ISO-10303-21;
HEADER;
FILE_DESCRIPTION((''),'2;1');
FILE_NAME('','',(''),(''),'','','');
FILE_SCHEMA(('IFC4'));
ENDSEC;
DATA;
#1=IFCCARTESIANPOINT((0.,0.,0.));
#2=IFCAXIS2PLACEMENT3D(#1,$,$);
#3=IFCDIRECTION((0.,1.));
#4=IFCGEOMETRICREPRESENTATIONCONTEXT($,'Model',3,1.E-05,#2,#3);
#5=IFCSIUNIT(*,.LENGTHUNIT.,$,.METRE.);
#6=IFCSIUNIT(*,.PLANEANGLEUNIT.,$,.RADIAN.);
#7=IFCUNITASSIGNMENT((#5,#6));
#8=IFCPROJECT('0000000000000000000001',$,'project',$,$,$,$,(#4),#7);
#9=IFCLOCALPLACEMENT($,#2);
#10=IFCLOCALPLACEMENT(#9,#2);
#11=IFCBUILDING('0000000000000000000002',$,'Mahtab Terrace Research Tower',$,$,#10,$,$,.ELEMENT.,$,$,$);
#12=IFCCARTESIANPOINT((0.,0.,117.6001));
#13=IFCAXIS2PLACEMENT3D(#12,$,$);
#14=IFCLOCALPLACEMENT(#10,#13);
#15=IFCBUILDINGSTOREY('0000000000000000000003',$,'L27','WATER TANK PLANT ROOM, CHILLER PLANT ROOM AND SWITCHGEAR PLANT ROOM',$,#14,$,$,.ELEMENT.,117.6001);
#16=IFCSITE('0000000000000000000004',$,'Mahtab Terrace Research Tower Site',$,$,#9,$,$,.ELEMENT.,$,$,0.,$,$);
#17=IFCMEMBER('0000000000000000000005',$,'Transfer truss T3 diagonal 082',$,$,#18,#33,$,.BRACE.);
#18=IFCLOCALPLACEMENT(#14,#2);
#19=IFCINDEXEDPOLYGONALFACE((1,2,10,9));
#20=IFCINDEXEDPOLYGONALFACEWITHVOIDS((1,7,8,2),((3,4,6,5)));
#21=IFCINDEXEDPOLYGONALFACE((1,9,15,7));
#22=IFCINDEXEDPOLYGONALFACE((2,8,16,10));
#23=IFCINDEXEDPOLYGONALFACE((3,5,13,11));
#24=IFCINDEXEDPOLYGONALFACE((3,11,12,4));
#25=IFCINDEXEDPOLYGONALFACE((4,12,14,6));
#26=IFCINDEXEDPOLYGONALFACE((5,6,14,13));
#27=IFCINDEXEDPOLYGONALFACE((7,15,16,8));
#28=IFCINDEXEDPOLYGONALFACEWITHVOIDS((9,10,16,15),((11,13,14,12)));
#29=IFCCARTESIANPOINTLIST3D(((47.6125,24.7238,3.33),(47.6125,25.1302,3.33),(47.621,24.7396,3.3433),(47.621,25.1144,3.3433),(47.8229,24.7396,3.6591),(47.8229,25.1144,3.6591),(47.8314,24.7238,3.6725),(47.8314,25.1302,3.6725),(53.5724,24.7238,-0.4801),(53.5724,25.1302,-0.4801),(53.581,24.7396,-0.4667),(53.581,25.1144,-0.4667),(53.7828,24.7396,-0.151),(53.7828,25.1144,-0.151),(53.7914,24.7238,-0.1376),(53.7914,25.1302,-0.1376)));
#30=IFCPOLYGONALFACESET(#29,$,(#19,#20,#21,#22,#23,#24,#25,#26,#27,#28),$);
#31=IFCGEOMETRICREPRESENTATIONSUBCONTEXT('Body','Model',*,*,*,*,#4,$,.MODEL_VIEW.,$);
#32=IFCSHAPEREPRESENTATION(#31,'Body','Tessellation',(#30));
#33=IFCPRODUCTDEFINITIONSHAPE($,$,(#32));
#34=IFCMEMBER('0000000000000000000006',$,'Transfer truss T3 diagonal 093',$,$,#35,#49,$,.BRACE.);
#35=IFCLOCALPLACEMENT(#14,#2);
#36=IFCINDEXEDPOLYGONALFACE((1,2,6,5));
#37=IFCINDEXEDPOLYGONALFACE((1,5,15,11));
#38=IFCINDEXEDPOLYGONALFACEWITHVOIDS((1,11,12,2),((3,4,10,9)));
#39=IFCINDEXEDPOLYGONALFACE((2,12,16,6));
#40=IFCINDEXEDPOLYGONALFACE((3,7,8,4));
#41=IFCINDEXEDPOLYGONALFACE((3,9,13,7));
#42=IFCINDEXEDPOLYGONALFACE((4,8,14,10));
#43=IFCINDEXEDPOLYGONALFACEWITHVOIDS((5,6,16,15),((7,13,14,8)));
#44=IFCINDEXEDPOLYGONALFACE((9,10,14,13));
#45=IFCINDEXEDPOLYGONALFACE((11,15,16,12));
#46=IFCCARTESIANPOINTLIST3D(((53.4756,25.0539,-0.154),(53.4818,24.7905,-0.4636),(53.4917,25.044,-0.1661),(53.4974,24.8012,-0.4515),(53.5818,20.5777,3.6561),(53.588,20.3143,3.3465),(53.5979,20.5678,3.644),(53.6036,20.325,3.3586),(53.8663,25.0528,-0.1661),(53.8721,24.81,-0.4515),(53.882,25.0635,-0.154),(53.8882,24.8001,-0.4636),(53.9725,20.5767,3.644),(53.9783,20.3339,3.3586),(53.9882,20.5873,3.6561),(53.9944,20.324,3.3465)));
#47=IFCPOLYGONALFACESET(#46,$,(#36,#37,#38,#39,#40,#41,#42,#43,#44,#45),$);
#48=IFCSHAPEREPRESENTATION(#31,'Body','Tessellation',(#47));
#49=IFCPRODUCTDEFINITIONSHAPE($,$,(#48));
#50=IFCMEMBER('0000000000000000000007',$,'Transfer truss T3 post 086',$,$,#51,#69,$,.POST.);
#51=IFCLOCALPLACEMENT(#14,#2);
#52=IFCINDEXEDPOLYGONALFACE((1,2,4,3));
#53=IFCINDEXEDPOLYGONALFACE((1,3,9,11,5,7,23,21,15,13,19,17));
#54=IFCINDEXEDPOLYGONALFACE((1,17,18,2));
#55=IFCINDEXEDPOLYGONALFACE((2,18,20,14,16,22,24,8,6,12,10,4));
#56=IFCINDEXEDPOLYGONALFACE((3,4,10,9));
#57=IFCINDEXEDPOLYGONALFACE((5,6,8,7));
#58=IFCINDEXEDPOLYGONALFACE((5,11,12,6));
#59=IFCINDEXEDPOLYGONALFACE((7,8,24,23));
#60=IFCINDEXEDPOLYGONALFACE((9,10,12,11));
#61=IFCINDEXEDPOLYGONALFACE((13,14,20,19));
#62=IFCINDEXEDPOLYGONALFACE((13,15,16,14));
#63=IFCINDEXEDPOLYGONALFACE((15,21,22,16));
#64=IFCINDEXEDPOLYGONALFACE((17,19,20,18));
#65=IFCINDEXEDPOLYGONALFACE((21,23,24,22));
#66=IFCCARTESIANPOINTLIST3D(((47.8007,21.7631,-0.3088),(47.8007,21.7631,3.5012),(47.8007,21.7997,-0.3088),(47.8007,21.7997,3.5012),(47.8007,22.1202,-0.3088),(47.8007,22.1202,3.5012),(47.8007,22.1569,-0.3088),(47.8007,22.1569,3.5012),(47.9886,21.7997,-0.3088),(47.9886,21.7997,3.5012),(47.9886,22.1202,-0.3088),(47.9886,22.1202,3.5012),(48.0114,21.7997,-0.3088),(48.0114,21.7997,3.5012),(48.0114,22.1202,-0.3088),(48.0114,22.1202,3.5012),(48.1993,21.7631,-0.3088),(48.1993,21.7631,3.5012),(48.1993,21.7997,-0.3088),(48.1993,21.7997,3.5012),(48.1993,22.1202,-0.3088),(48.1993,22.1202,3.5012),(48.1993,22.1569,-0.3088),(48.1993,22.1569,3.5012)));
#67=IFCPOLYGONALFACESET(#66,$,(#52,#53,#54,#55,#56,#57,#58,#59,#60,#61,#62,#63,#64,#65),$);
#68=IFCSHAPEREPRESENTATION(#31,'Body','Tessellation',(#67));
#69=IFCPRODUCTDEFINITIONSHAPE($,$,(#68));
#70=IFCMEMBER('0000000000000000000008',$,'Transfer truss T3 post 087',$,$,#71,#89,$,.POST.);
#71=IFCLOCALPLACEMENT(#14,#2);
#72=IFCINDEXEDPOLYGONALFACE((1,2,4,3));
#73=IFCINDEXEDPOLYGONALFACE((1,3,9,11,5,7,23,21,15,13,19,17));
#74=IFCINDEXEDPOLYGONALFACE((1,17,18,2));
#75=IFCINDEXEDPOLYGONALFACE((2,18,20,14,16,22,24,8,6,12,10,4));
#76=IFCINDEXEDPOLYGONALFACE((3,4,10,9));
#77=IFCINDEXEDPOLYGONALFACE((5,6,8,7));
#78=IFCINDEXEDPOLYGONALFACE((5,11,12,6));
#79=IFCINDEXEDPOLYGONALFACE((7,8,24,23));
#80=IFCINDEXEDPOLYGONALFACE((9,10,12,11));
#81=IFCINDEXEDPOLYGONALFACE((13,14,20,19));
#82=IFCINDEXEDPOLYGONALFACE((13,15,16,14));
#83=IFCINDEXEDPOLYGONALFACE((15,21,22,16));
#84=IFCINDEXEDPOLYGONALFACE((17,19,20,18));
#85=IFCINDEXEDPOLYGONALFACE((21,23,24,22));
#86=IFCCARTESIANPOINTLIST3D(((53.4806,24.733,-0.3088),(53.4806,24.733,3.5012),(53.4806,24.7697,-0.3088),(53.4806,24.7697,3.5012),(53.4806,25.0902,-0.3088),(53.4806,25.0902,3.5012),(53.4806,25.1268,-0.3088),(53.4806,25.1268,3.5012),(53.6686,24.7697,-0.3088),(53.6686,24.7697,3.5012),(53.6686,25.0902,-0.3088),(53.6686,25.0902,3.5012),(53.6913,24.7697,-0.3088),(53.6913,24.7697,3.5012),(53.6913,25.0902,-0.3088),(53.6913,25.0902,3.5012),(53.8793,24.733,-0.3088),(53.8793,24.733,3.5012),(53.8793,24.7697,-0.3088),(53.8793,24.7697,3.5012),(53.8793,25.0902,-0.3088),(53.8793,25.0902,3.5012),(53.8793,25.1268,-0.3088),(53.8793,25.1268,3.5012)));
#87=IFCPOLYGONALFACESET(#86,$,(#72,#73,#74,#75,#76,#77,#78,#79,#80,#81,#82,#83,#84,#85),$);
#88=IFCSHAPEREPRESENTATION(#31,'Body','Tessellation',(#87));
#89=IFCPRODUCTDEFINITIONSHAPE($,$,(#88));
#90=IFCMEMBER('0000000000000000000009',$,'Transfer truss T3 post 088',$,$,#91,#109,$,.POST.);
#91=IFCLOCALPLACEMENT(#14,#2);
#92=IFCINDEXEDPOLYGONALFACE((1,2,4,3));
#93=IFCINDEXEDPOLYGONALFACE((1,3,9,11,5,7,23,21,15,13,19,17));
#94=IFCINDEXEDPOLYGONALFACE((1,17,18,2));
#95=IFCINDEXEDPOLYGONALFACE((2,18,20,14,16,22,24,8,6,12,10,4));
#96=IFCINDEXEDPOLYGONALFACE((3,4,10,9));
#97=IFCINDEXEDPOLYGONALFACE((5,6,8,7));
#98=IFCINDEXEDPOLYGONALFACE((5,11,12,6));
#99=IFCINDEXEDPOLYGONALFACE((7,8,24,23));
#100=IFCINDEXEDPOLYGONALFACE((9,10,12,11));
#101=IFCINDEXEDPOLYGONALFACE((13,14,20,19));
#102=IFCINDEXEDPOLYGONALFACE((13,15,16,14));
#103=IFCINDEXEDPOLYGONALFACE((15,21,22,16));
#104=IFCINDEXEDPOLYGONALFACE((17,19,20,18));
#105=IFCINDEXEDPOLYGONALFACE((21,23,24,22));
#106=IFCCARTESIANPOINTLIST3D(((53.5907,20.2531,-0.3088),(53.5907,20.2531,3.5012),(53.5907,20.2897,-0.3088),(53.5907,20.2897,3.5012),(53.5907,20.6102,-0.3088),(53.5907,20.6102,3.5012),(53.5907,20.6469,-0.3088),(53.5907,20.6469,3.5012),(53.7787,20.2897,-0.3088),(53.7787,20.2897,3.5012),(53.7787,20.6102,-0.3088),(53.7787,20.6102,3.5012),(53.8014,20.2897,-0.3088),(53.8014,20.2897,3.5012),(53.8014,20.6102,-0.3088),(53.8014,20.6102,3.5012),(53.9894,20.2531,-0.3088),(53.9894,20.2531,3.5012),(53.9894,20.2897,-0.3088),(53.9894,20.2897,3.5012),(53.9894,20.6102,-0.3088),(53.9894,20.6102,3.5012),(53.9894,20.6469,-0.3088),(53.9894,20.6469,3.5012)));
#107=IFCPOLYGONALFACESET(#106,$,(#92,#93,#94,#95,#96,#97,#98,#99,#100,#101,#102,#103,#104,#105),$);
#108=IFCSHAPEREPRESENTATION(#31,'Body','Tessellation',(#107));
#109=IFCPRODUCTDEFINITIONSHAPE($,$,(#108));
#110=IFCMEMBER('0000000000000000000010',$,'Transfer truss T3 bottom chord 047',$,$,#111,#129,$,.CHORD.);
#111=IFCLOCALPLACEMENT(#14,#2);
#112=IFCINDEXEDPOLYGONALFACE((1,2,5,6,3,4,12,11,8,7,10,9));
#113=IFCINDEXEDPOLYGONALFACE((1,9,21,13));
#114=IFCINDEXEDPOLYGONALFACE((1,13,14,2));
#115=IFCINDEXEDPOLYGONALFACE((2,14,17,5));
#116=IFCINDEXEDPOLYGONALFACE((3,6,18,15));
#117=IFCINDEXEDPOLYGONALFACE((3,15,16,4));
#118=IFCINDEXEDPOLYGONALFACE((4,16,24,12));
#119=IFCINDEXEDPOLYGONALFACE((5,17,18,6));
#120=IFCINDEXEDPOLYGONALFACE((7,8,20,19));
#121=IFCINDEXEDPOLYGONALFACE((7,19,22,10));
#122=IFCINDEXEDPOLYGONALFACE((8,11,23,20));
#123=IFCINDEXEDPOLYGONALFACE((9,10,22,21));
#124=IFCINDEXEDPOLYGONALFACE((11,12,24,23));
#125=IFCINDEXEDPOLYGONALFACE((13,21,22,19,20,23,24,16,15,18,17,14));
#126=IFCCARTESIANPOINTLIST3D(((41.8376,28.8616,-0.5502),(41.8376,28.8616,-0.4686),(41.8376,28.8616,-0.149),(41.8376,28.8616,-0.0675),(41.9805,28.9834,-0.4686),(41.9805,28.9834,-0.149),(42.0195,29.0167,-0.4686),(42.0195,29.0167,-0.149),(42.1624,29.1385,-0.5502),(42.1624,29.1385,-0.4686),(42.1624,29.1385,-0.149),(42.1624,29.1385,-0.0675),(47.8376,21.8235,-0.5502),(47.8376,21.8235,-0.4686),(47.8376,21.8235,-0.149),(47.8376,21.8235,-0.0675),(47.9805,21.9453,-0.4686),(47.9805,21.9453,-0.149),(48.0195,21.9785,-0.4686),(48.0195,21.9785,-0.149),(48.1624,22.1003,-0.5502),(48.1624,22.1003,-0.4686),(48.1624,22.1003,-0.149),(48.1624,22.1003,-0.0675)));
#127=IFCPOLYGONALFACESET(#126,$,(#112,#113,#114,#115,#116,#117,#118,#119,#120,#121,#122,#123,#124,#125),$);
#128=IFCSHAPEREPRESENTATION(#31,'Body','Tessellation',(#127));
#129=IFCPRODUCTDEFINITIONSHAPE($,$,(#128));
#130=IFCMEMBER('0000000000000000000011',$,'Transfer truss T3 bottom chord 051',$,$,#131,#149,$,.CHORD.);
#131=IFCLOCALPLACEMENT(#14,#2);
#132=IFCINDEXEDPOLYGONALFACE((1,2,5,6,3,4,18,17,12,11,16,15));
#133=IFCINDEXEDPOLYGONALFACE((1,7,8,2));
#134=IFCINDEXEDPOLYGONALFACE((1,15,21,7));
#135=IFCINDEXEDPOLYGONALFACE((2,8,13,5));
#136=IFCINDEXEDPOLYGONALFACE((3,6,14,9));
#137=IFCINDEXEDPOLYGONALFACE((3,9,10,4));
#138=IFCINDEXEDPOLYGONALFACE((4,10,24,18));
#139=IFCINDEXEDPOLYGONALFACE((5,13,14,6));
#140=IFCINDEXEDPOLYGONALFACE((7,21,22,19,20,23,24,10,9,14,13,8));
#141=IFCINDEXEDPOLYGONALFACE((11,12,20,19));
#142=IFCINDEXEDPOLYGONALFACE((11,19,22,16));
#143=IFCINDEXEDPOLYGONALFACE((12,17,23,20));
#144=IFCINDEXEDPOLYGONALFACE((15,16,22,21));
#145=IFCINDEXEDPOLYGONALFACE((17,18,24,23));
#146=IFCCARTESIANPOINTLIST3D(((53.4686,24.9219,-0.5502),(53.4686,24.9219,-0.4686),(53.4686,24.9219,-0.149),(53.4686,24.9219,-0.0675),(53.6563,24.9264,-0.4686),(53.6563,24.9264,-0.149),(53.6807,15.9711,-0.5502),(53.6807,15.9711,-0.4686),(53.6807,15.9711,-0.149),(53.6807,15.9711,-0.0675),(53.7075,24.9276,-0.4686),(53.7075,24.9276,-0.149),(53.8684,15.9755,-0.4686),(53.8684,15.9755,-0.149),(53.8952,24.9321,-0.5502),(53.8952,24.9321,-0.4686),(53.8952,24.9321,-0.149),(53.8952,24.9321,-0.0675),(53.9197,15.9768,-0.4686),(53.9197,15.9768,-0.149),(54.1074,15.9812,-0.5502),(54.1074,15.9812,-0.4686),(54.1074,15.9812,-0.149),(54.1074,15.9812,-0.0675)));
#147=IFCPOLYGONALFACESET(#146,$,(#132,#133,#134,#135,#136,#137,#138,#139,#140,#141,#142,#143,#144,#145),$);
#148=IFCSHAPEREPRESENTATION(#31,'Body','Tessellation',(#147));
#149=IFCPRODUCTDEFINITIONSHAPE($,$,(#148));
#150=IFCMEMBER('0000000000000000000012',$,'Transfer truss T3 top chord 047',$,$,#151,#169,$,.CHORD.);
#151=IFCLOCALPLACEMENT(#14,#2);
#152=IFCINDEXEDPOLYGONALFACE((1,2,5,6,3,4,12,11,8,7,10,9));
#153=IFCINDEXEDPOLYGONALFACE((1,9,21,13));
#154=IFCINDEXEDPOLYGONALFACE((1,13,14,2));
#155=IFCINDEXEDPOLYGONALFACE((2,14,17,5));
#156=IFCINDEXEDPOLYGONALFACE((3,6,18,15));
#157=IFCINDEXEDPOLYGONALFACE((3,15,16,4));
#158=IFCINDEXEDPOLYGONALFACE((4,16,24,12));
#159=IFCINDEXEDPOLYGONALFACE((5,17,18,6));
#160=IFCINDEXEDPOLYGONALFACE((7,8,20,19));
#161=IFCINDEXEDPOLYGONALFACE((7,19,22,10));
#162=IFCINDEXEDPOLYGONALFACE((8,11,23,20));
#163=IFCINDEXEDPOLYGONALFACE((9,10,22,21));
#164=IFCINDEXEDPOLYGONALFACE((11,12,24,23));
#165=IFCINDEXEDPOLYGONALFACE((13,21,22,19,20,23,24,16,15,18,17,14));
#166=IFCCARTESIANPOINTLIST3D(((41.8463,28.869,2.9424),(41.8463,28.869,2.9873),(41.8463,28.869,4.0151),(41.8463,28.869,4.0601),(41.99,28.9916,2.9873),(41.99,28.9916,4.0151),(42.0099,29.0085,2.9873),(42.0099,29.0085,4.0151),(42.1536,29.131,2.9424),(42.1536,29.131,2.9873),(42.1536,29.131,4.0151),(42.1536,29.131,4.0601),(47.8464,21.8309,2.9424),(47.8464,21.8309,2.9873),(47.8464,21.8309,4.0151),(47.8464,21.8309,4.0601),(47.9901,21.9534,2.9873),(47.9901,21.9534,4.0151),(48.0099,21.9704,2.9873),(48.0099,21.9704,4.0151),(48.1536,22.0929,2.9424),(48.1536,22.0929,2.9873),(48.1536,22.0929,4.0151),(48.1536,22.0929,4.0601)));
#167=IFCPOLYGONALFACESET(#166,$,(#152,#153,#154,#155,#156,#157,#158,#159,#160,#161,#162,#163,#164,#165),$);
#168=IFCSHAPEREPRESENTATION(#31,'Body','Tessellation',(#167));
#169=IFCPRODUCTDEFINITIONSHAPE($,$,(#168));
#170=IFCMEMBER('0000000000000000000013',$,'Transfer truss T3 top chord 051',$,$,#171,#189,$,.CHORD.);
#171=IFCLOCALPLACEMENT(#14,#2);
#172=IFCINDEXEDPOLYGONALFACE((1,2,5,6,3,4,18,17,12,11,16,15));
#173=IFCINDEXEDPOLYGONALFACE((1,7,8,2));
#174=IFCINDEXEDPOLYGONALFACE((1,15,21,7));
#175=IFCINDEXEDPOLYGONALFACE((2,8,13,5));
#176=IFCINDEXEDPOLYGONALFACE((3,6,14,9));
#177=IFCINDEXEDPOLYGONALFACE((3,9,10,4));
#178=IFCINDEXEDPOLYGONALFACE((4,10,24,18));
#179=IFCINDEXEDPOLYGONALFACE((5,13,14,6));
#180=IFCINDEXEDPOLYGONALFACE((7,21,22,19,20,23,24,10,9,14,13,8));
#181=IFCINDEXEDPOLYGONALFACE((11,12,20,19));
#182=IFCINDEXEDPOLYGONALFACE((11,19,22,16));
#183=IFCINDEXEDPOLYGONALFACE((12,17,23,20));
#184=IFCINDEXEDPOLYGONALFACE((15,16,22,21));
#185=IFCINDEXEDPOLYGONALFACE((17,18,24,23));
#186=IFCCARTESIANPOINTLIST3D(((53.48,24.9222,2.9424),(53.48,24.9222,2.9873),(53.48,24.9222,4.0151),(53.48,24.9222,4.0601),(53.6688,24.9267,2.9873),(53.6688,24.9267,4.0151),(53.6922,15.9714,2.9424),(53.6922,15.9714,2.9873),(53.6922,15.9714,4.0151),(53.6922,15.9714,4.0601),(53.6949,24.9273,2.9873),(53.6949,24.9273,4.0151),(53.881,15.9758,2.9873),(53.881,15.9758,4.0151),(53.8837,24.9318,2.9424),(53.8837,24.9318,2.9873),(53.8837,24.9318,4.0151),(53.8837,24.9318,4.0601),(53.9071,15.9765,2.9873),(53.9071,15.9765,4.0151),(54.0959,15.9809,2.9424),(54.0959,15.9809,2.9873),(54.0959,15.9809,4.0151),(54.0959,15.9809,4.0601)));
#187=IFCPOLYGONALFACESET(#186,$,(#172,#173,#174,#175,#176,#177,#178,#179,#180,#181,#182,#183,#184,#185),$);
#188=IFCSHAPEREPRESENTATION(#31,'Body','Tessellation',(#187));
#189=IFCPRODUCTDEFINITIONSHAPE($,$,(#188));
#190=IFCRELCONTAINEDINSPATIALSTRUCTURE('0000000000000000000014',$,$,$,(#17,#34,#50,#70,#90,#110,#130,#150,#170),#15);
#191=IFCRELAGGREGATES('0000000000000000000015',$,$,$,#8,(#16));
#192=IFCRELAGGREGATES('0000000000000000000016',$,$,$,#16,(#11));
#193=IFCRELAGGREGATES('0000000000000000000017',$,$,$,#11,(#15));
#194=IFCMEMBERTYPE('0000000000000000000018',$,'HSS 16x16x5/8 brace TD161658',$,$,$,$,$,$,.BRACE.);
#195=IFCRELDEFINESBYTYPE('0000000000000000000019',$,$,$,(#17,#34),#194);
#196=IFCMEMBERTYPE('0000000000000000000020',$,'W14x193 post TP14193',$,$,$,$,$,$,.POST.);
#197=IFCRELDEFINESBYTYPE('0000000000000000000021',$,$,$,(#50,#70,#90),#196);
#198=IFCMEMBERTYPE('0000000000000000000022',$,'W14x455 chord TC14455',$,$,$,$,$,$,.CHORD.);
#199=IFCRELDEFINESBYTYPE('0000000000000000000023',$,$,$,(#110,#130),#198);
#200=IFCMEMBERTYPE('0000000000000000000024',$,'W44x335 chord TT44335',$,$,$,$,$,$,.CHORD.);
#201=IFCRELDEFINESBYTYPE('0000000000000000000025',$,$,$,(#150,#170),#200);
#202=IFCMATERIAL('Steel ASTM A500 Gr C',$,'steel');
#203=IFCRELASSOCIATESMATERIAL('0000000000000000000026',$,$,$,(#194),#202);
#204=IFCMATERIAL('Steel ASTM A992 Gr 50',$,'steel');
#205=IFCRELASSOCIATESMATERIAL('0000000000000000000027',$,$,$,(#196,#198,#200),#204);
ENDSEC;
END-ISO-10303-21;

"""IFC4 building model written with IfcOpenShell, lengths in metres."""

from ifc_helpers import new_model, si_unit, direction, frame, origin, origin_2d, place, context, subcontext, project, spatial, hollow_rectangle, i_section, extrude, material, material_profile, profile_set, type_object, element, save


model = new_model("IFC4")

# Units and contexts
model_context = context("Model", 3, precision=1e-05, world=origin(), true_north=direction((0.0, 1.0)))
body_context = subcontext(model_context, "Body", "Model", "MODEL_VIEW")
ifc_project = project(units=[si_unit("LENGTHUNIT", "METRE"), si_unit("PLANEANGLEUNIT", "RADIAN")], contexts=[model_context])

# Site, building, storey
site_placement = place(None, origin())
site = spatial("IfcSite", under=ifc_project, at=site_placement, Name="Mahtab Terrace Research Tower Site", CompositionType="ELEMENT", RefElevation=0.0)
building_placement = place(site_placement, origin())
building = spatial("IfcBuilding", under=site, at=building_placement, Name="Mahtab Terrace Research Tower", CompositionType="ELEMENT")
storey_placement = place(building_placement, frame((0.0, 0.0, 117.6001)))
storey = spatial("IfcBuildingStorey", under=building, at=storey_placement, Name="L27", Description="WATER TANK PLANT ROOM, CHILLER PLANT ROOM AND SWITCHGEAR PLANT ROOM", CompositionType="ELEMENT", Elevation=117.6001)

# Members
ifc_material_1 = material(Name="Steel ASTM A500 Gr C", Category="steel")
ifc_material_profile_1 = material_profile(ifc_material_1, hollow_rectangle(XDim=0.4065, YDim=0.4065, WallThickness=0.0159, at=origin_2d()), Name="HSS16X16X5/8")
ifc_profile_set_1 = profile_set([ifc_material_profile_1], Name="Steel ASTM A500 Gr C")
member_type_1 = type_object("IfcMemberType", Name="HSS 16x16x5/8 brace TD161658", PredefinedType="BRACE", material=ifc_profile_set_1)
member_1_placement = place(storey_placement, frame((53.6819, 24.927, -0.3088), z_axis=(-0.842548, 0.0, 0.538621), x_axis=(0.0, -1.0, 0.0)))
element("IfcMember", 1, at=member_1_placement, inside=storey, type_object=member_type_1, Name="Transfer truss T3 diagonal 082", PredefinedType="BRACE", context=body_context, shape_type="SweptSolid", body=[
    extrude(hollow_rectangle(XDim=0.4065, YDim=0.4065, WallThickness=0.0159, at=origin_2d()), origin(), (0.0, 0.0, 1.0), 7.0737),
])
member_2_placement = place(storey_placement, frame((53.6819, 24.927, -0.3088), z_axis=(0.018064, -0.761362, 0.648075), x_axis=(0.999719, 0.02372, 0.0)))
element("IfcMember", 2, at=member_2_placement, inside=storey, type_object=member_type_1, Name="Transfer truss T3 diagonal 093", PredefinedType="BRACE", context=body_context, shape_type="SweptSolid", body=[
    extrude(hollow_rectangle(XDim=0.4065, YDim=0.4065, WallThickness=0.0159, at=origin_2d()), origin(), (0.0, 0.0, 1.0), 5.8792),
])
ifc_material_2 = material(Name="Steel ASTM A992 Gr 50", Category="steel")
ifc_material_profile_2 = material_profile(ifc_material_2, i_section(OverallWidth=0.3987, OverallDepth=0.3938, WebThickness=0.0227, FlangeThickness=0.0366, at=origin_2d()), Name="W14X193")
ifc_profile_set_2 = profile_set([ifc_material_profile_2], Name="Steel ASTM A992 Gr 50")
member_type_2 = type_object("IfcMemberType", Name="W14x193 post TP14193", PredefinedType="POST", material=ifc_profile_set_2)
for number, where, z_axis, x_axis, name in (
    (3, (48.0, 21.96, -0.3088), (0.0, 0.0, 1.0), (1.0, 0.0, 0.0), "Transfer truss T3 post 086"),
    (4, (53.6799, 24.9299, -0.3088), (0.0, 0.0, 1.0), (1.0, 0.0, 0.0), "Transfer truss T3 post 087"),
    (5, (53.79, 20.45, -0.3088), (0.0, 0.0, 1.0), (1.0, 0.0, 0.0), "Transfer truss T3 post 088"),
):
    element("IfcMember", number, at=place(storey_placement, frame(where, z_axis=z_axis, x_axis=x_axis)), inside=storey, type_object=member_type_2, Name=name, PredefinedType="POST", context=body_context, shape_type="SweptSolid", body=[
        extrude(i_section(OverallWidth=0.3987, OverallDepth=0.3938, WebThickness=0.0227, FlangeThickness=0.0366, at=origin_2d()), origin(), (0.0, 0.0, 1.0), 3.8101),
    ])
ifc_material_profile_3 = material_profile(ifc_material_2, i_section(OverallWidth=0.4268, OverallDepth=0.4827, WebThickness=0.0513, FlangeThickness=0.0815, at=origin_2d()), Name="W14X455")
ifc_profile_set_3 = profile_set([ifc_material_profile_3], Name="Steel ASTM A992 Gr 50")
member_type_3 = type_object("IfcMemberType", Name="W14x455 chord TC14455", PredefinedType="CHORD", material=ifc_profile_set_3)
member_3_placement = place(storey_placement, frame((48.0, 21.9619, -0.3088), z_axis=(-0.648754, 0.760998, 0.0), x_axis=(-0.760998, -0.648754, 0.0)))
element("IfcMember", 6, at=member_3_placement, inside=storey, type_object=member_type_3, Name="Transfer truss T3 bottom chord 047", PredefinedType="CHORD", context=body_context, shape_type="SweptSolid", body=[
    extrude(i_section(OverallWidth=0.4268, OverallDepth=0.4827, WebThickness=0.0513, FlangeThickness=0.0815, at=origin_2d()), origin(), (0.0, 0.0, 1.0), 9.2485),
])
member_4_placement = place(storey_placement, frame((53.6819, 24.927, -0.3088), z_axis=(0.023696, -0.999719, 0.0), x_axis=(0.999719, 0.023696, 0.0)))
element("IfcMember", 7, at=member_4_placement, inside=storey, type_object=member_type_3, Name="Transfer truss T3 bottom chord 051", PredefinedType="CHORD", context=body_context, shape_type="SweptSolid", body=[
    extrude(i_section(OverallWidth=0.4268, OverallDepth=0.4827, WebThickness=0.0513, FlangeThickness=0.0815, at=origin_2d()), origin(), (0.0, 0.0, 1.0), 8.9534),
])
ifc_material_profile_4 = material_profile(ifc_material_2, i_section(OverallWidth=0.4038, OverallDepth=1.1177, WebThickness=0.0261, FlangeThickness=0.0449, at=origin_2d()), Name="W44X335")
ifc_profile_set_4 = profile_set([ifc_material_profile_4], Name="Steel ASTM A992 Gr 50")
member_type_4 = type_object("IfcMemberType", Name="W44x335 chord TT44335", PredefinedType="CHORD", material=ifc_profile_set_4)
member_5_placement = place(storey_placement, frame((48.0, 21.9619, 3.5012), z_axis=(-0.648754, 0.760998, 0.0), x_axis=(-0.760998, -0.648754, 0.0)))
element("IfcMember", 8, at=member_5_placement, inside=storey, type_object=member_type_4, Name="Transfer truss T3 top chord 047", PredefinedType="CHORD", context=body_context, shape_type="SweptSolid", body=[
    extrude(i_section(OverallWidth=0.4038, OverallDepth=1.1177, WebThickness=0.0261, FlangeThickness=0.0449, at=origin_2d()), origin(), (0.0, 0.0, 1.0), 9.2485),
])
member_6_placement = place(storey_placement, frame((53.6819, 24.927, 3.5012), z_axis=(0.023696, -0.999719, 0.0), x_axis=(0.999719, 0.023696, 0.0)))
element("IfcMember", 9, at=member_6_placement, inside=storey, type_object=member_type_4, Name="Transfer truss T3 top chord 051", PredefinedType="CHORD", context=body_context, shape_type="SweptSolid", body=[
    extrude(i_section(OverallWidth=0.4038, OverallDepth=1.1177, WebThickness=0.0261, FlangeThickness=0.0449, at=origin_2d()), origin(), (0.0, 0.0, 1.0), 8.9534),
])

save(model, "model.ifc")
